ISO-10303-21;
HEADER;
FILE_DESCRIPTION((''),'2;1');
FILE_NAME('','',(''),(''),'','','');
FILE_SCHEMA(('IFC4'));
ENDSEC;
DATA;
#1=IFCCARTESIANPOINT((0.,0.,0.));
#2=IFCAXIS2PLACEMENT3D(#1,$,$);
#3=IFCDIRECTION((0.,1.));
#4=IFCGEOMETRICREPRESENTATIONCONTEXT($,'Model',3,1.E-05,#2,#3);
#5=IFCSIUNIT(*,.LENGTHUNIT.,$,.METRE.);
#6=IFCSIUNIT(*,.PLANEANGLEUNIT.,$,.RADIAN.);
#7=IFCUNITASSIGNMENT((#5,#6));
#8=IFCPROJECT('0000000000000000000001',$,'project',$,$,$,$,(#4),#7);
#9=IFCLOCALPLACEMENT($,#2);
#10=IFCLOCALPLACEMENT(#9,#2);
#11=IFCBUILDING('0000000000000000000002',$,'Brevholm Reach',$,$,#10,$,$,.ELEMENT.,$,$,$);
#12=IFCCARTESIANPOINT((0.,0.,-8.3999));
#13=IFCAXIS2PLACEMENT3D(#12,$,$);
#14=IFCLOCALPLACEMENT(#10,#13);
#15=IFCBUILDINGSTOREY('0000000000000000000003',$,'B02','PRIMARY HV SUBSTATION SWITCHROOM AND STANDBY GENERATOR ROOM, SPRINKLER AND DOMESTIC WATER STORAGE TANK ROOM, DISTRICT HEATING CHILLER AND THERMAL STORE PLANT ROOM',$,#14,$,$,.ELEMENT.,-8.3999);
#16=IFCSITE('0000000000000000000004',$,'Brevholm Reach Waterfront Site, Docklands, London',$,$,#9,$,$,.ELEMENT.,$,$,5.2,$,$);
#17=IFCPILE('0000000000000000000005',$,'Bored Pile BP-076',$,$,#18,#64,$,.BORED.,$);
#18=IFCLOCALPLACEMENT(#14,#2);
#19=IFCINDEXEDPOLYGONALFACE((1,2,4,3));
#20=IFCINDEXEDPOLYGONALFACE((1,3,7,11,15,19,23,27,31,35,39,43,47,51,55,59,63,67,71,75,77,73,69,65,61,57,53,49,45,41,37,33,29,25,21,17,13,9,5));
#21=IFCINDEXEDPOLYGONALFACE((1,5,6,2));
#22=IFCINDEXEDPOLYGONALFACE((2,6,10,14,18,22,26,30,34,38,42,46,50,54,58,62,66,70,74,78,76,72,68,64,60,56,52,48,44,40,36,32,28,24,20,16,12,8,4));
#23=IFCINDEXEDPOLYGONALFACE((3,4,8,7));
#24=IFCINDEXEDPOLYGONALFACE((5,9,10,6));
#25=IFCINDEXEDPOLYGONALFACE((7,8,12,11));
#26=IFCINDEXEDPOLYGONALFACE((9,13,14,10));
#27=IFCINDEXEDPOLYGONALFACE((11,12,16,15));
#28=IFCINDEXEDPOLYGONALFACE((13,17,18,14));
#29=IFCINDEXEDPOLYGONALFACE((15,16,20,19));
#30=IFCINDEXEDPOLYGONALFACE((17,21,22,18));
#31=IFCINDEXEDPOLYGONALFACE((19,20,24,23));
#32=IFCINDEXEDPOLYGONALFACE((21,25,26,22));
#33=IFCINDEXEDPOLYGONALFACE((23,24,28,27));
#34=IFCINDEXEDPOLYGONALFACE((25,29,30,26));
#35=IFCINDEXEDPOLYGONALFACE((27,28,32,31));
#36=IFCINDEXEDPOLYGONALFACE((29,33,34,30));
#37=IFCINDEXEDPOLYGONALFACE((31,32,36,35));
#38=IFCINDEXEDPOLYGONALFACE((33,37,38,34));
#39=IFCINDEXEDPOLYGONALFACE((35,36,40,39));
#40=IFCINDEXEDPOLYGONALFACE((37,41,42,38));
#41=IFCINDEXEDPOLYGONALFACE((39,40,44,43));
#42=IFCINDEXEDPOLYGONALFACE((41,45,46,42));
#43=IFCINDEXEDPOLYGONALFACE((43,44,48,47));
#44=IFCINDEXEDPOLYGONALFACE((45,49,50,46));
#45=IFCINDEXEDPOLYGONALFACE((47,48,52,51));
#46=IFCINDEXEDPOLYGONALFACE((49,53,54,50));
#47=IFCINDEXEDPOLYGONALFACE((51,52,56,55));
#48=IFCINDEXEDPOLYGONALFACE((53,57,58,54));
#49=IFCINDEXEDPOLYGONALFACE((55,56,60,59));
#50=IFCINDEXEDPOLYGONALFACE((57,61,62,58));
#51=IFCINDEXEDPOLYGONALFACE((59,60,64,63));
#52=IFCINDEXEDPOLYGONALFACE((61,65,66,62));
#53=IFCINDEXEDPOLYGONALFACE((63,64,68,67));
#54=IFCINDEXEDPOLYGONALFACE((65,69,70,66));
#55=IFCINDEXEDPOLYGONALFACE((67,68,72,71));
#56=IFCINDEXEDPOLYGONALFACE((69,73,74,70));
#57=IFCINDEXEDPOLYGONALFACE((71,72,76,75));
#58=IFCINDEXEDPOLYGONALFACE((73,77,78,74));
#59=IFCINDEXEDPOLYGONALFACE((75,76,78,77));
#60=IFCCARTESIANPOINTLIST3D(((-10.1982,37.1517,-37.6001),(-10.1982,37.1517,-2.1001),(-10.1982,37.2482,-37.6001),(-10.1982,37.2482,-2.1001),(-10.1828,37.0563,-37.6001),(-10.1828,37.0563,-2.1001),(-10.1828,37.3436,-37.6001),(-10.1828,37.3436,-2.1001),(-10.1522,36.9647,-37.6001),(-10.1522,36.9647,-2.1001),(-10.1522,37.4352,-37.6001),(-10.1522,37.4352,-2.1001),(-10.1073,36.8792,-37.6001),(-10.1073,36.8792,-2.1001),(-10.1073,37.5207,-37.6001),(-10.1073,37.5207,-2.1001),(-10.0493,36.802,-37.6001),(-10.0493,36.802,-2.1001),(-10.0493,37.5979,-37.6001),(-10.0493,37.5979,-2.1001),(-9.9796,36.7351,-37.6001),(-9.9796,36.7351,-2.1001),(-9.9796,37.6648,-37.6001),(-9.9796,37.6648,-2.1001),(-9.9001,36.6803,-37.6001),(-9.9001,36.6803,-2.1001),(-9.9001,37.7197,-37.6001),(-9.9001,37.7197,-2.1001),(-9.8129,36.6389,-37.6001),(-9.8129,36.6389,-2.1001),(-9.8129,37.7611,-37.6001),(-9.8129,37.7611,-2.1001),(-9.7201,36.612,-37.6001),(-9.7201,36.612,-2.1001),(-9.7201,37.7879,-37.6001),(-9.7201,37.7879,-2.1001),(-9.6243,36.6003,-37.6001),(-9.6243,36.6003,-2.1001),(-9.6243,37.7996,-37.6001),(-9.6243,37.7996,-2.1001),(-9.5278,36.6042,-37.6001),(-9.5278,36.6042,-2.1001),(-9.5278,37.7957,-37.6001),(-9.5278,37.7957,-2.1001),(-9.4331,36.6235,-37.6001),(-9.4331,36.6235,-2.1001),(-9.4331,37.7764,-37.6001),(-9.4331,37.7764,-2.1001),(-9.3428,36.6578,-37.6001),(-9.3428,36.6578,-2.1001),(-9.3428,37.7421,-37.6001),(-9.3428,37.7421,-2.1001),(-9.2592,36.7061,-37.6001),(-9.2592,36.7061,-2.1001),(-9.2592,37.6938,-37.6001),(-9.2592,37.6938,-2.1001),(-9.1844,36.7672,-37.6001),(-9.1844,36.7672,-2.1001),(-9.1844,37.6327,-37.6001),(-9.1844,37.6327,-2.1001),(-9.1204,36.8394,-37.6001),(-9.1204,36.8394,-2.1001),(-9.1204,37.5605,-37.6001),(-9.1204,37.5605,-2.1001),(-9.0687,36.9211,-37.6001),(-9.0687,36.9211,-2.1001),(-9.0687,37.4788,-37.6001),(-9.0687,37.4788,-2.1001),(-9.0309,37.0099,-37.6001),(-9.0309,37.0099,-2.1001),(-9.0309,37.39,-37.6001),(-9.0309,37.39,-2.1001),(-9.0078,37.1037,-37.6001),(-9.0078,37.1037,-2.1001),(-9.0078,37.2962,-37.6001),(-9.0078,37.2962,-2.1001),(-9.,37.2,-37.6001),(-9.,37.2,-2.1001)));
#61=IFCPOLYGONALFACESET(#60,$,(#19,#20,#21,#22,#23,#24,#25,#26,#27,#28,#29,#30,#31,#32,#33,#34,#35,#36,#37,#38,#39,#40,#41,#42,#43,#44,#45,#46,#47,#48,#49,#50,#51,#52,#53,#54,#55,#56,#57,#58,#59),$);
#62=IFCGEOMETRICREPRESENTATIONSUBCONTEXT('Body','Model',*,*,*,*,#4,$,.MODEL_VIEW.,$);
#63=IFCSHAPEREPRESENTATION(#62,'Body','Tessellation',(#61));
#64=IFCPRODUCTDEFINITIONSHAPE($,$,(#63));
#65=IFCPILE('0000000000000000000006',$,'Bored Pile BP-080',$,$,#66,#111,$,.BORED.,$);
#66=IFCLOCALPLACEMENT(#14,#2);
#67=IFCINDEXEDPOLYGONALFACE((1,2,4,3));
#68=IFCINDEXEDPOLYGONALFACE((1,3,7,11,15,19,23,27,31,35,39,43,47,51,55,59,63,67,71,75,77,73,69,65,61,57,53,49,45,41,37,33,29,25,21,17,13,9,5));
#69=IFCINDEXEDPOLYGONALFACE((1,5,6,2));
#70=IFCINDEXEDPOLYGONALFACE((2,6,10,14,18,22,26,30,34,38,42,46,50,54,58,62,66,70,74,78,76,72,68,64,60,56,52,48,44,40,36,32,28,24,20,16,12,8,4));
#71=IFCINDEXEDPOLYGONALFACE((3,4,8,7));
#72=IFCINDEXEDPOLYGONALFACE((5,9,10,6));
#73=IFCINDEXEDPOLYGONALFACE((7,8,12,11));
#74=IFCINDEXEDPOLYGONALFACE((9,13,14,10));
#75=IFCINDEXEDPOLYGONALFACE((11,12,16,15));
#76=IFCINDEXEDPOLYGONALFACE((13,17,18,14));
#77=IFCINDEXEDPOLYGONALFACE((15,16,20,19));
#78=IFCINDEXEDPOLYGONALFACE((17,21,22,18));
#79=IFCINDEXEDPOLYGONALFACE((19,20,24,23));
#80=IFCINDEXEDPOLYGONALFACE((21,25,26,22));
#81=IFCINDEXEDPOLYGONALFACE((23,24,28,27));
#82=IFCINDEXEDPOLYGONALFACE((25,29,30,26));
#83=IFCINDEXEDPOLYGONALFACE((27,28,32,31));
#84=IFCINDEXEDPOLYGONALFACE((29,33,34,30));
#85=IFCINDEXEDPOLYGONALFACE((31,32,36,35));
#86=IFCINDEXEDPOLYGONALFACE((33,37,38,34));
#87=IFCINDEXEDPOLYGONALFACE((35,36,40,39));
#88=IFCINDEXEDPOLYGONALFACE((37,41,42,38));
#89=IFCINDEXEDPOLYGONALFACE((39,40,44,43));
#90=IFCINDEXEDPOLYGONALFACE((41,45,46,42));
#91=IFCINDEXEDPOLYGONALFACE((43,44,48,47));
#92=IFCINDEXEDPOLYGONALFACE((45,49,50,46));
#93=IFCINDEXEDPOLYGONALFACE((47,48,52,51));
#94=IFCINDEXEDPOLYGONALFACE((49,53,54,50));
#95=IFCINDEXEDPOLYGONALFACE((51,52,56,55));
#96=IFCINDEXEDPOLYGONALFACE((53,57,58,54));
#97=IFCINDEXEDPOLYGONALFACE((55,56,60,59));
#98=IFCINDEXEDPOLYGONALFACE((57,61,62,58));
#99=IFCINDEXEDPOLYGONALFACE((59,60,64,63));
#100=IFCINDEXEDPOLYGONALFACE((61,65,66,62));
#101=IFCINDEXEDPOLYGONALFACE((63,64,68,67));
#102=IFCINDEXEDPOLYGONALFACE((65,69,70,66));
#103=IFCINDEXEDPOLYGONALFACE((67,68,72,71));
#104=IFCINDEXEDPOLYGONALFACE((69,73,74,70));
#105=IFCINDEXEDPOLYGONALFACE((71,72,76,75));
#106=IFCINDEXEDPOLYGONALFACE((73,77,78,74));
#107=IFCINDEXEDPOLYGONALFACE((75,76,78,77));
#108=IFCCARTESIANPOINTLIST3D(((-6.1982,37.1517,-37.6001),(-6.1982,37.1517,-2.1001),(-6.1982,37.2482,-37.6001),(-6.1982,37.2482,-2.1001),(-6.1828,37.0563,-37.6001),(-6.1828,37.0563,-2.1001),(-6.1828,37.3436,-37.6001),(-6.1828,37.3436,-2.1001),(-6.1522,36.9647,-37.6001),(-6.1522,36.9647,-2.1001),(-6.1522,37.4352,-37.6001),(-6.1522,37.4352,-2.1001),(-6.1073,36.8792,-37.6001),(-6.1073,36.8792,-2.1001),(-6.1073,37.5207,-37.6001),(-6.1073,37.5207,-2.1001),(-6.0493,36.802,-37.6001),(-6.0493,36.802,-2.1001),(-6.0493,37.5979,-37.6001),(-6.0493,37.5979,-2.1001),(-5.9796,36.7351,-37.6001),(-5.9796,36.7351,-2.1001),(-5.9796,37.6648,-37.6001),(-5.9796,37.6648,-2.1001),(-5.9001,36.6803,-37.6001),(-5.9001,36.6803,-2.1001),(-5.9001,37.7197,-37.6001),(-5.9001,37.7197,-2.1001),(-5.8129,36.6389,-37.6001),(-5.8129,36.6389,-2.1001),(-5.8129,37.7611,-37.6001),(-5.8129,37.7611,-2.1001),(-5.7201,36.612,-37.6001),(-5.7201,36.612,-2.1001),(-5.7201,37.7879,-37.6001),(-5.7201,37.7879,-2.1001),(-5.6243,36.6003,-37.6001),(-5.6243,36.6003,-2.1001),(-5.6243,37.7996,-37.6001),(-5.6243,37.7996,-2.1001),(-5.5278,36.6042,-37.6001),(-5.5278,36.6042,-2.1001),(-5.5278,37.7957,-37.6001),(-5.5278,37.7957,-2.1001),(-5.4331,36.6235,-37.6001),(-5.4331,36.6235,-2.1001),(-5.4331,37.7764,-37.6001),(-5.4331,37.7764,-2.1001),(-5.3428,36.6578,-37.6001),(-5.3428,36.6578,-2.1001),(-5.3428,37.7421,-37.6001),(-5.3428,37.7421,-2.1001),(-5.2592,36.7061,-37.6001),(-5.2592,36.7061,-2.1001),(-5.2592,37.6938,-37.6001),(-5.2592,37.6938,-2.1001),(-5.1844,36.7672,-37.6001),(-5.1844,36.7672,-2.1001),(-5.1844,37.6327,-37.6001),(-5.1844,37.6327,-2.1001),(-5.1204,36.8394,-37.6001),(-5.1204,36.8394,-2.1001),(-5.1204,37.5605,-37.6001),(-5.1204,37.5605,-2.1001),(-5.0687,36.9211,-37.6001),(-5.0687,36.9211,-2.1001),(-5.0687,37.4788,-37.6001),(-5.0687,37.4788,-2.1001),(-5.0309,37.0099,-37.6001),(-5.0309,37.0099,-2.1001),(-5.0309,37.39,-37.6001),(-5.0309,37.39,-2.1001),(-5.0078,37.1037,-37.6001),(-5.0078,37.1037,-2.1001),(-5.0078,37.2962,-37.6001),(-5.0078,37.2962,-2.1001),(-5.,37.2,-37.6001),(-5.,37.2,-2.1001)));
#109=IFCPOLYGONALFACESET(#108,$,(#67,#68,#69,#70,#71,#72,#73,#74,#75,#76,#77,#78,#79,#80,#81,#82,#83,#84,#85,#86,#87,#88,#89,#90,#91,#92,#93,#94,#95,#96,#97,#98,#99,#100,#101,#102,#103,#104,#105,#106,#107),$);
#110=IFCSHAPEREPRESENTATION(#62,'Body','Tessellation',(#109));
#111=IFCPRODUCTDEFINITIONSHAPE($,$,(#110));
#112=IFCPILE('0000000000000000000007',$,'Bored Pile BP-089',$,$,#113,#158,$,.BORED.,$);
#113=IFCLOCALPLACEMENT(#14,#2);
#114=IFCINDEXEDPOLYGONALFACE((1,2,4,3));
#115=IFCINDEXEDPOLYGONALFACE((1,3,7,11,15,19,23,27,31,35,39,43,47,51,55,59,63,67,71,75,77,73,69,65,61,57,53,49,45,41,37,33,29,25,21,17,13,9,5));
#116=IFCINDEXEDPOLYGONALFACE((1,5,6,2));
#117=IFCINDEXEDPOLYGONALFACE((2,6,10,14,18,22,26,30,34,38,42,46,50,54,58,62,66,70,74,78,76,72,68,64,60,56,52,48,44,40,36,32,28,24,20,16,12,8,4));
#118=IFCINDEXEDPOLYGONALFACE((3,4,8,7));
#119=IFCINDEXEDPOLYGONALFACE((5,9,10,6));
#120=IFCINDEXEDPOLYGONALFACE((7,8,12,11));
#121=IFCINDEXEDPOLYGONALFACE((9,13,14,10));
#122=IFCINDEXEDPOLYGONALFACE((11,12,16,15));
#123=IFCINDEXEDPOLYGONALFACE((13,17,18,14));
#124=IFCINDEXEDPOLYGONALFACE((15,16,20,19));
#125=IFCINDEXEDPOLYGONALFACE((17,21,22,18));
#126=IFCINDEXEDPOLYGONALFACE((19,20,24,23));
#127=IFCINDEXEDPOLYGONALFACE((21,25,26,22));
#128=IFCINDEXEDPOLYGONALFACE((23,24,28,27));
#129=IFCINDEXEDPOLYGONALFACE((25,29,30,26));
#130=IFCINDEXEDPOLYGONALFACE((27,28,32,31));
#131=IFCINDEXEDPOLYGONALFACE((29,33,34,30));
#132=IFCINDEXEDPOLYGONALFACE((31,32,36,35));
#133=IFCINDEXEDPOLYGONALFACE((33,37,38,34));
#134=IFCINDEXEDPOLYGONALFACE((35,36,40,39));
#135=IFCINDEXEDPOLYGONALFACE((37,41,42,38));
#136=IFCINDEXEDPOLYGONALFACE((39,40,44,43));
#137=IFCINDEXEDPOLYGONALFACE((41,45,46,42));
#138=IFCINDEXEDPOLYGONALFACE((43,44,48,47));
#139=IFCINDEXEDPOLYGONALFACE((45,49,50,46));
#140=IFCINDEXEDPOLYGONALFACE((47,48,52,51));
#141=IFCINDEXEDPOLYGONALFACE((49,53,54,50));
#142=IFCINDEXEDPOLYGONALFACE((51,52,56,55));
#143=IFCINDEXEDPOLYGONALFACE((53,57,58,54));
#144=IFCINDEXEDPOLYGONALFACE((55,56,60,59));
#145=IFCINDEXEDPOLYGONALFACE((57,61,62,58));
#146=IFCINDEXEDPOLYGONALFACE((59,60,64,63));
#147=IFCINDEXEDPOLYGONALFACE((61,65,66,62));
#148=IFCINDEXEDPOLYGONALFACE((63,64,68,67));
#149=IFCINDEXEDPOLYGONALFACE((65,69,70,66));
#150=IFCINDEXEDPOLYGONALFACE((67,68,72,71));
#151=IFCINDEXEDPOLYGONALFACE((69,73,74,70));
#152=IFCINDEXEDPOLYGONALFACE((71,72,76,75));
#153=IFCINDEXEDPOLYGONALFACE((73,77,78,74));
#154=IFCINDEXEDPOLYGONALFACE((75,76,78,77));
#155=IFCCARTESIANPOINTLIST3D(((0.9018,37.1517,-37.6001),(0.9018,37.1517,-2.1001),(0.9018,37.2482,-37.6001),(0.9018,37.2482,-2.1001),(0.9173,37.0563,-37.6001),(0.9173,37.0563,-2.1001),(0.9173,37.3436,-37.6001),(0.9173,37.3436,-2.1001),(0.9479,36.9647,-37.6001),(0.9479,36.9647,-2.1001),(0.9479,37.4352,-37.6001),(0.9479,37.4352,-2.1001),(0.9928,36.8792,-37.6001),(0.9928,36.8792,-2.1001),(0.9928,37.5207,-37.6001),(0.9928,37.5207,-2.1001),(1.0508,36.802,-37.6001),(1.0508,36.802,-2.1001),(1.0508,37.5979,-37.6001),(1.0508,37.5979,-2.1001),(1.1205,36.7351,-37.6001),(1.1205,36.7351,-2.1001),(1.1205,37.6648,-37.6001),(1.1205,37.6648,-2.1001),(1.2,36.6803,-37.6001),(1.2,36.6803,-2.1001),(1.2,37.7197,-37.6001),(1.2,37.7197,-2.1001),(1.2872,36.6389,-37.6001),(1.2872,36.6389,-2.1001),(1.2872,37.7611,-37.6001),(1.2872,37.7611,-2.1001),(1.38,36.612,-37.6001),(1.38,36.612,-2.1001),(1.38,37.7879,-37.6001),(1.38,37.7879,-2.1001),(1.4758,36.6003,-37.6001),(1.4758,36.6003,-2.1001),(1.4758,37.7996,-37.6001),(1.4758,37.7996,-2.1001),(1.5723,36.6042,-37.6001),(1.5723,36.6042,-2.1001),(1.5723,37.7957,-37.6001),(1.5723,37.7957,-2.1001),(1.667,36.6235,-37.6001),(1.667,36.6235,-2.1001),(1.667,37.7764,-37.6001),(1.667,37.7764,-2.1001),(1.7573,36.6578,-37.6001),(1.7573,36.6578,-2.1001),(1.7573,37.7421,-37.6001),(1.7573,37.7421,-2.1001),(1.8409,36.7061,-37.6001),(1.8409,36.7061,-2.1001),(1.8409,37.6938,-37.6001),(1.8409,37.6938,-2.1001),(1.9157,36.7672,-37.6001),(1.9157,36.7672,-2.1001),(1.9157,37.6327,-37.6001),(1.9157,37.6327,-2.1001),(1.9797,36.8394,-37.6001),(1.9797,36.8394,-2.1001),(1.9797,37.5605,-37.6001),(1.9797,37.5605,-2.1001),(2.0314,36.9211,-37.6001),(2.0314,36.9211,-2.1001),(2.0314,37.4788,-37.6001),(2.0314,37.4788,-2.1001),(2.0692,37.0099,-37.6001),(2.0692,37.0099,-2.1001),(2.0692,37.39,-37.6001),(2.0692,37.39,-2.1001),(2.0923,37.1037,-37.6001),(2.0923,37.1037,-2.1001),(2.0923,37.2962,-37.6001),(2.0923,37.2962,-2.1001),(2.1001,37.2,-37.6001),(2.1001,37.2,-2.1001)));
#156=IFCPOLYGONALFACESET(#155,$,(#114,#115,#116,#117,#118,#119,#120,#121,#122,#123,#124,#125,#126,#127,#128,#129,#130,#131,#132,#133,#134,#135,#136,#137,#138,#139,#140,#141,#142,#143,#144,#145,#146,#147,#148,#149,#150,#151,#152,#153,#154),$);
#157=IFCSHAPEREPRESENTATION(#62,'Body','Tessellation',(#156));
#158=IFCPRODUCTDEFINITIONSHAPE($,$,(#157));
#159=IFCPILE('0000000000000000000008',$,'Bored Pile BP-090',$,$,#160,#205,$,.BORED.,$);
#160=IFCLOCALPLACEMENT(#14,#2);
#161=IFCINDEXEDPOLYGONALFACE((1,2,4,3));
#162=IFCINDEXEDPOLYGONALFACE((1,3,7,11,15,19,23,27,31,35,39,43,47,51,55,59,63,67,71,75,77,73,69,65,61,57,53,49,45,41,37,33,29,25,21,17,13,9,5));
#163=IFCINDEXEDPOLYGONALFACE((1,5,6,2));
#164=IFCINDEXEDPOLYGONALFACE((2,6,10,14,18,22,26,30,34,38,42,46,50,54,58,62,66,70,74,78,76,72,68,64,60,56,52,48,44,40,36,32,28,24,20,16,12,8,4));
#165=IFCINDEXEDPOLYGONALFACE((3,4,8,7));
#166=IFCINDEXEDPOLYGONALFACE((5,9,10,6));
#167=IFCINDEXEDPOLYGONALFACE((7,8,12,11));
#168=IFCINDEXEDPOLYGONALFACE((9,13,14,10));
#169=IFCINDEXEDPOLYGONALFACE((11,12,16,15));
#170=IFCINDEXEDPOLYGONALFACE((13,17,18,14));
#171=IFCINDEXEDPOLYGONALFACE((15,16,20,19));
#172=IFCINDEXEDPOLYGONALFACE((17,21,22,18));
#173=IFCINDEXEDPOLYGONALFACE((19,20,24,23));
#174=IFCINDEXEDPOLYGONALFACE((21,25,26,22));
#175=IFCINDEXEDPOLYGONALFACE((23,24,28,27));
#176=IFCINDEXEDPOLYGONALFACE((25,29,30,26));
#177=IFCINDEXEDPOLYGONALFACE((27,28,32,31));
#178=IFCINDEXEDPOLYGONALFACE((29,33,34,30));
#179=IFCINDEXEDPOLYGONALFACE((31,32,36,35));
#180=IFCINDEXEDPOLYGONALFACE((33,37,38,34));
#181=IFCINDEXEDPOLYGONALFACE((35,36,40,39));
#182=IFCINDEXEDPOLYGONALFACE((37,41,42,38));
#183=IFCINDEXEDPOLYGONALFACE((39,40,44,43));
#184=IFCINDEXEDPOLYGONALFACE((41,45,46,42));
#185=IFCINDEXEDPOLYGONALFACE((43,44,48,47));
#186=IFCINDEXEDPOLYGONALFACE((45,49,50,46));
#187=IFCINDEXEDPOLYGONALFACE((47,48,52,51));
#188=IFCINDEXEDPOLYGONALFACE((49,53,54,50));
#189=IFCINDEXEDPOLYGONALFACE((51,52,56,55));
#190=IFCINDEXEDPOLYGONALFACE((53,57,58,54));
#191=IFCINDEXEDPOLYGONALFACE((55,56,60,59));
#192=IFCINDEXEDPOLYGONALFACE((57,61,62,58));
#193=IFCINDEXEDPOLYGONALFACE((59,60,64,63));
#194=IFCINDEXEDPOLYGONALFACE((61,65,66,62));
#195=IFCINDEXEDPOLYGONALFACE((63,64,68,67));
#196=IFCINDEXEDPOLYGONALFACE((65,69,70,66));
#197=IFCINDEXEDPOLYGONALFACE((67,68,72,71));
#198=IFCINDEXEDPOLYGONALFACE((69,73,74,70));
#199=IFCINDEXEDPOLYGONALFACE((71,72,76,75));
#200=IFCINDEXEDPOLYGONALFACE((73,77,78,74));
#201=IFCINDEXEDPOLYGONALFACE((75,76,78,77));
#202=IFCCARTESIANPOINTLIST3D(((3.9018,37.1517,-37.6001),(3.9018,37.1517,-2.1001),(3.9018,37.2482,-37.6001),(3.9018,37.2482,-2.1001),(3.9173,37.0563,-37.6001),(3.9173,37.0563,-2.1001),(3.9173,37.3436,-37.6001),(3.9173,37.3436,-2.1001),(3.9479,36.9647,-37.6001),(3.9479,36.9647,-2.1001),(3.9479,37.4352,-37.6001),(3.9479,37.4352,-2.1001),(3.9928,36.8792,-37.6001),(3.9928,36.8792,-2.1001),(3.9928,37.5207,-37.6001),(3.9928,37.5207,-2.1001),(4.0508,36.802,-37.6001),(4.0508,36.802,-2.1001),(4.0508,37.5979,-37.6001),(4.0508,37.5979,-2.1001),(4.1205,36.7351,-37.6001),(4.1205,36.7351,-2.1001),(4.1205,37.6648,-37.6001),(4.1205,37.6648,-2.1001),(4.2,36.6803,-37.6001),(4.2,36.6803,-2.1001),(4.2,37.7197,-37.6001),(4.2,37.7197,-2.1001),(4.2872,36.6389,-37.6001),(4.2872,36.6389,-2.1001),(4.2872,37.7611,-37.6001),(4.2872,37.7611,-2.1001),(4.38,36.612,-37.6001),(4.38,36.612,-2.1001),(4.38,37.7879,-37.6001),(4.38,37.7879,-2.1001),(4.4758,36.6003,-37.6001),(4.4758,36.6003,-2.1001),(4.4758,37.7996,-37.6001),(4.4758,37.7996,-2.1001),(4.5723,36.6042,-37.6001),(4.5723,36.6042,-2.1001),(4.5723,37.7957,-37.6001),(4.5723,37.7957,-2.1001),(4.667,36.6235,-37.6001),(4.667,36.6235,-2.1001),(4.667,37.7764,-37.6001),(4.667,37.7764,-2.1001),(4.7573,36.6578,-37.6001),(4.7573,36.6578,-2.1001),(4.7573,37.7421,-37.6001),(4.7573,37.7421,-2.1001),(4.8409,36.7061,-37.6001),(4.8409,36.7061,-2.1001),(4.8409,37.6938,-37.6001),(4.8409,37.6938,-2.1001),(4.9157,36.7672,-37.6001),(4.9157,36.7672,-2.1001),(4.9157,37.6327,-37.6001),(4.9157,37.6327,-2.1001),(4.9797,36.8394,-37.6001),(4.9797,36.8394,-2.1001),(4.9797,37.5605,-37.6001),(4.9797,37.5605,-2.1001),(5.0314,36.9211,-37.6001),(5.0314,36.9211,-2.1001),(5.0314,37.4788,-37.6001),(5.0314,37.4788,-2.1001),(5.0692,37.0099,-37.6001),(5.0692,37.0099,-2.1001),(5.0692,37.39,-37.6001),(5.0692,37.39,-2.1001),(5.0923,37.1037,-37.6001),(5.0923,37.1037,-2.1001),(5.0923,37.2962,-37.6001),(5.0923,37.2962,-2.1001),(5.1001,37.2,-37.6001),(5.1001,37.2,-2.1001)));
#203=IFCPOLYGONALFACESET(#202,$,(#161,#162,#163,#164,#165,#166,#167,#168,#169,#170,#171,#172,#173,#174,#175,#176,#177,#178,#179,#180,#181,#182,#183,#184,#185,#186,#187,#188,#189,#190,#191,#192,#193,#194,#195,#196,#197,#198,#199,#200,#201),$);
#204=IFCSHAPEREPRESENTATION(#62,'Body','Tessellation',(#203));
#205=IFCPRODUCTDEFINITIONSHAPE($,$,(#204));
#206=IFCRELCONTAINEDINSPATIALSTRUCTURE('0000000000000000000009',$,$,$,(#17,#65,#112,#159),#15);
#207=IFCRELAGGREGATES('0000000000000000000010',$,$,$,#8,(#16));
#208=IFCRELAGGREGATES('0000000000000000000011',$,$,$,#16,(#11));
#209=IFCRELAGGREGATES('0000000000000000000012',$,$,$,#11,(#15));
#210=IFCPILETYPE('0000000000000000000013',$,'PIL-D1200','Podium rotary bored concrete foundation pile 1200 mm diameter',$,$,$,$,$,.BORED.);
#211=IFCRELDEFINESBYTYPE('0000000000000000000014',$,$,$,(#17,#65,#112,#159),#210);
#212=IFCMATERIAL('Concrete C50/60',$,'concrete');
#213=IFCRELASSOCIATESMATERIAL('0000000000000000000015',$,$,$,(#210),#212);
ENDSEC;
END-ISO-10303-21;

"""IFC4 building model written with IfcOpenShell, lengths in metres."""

from ifc_helpers import new_model, si_unit, direction, frame, origin, origin_2d, place, context, subcontext, project, spatial, circle, extrude, material, material_profile, profile_set, type_object, element, save


model = new_model("IFC4")

# Units and contexts
model_context = context("Model", 3, precision=1e-05, world=origin(), true_north=direction((0.0, 1.0)))
body_context = subcontext(model_context, "Body", "Model", "MODEL_VIEW")
ifc_project = project(units=[si_unit("LENGTHUNIT", "METRE"), si_unit("PLANEANGLEUNIT", "RADIAN")], contexts=[model_context])

# Site, building, storey
site_placement = place(None, origin())
site = spatial("IfcSite", under=ifc_project, at=site_placement, Name="Brevholm Reach Waterfront Site, Docklands, London", CompositionType="ELEMENT", RefElevation=5.2)
building_placement = place(site_placement, origin())
building = spatial("IfcBuilding", under=site, at=building_placement, Name="Brevholm Reach", CompositionType="ELEMENT")
storey_placement = place(building_placement, frame((0.0, 0.0, -8.3999)))
storey = spatial("IfcBuildingStorey", under=building, at=storey_placement, Name="B02", Description="PRIMARY HV SUBSTATION SWITCHROOM AND STANDBY GENERATOR ROOM, SPRINKLER AND DOMESTIC WATER STORAGE TANK ROOM, DISTRICT HEATING CHILLER AND THERMAL STORE PLANT ROOM", CompositionType="ELEMENT", Elevation=-8.3999)

# Piles
ifc_material_1 = material(Name="Concrete C50/60", Category="concrete")
ifc_material_profile_1 = material_profile(ifc_material_1, circle(Radius=0.6001, at=origin_2d()), Name="PILE D1200")
ifc_profile_set_1 = profile_set([ifc_material_profile_1], Name="Concrete C50/60")
pile_type_1 = type_object("IfcPileType", Name="PIL-D1200", Description="Podium rotary bored concrete foundation pile 1200 mm diameter", PredefinedType="BORED", material=ifc_profile_set_1)
for number, where, z_axis, x_axis, name in (
    (1, (-9.6001, 37.2, -2.1001), (0.0, 0.0, -1.0), (1.0, 0.0, 0.0), "Bored Pile BP-076"),
    (2, (-5.6001, 37.2, -2.1001), (0.0, 0.0, -1.0), (1.0, 0.0, 0.0), "Bored Pile BP-080"),
    (3, (1.5, 37.2, -2.1001), (0.0, 0.0, -1.0), (1.0, 0.0, 0.0), "Bored Pile BP-089"),
    (4, (4.5, 37.2, -2.1001), (0.0, 0.0, -1.0), (1.0, 0.0, 0.0), "Bored Pile BP-090"),
):
    element("IfcPile", number, at=place(storey_placement, frame(where, z_axis=z_axis, x_axis=x_axis)), inside=storey, type_object=pile_type_1, Name=name, PredefinedType="BORED", context=body_context, shape_type="SweptSolid", body=[
        extrude(circle(Radius=0.6001, at=origin_2d()), origin(), (0.0, 0.0, 1.0), 35.5),
    ])

save(model, "model.ifc")
